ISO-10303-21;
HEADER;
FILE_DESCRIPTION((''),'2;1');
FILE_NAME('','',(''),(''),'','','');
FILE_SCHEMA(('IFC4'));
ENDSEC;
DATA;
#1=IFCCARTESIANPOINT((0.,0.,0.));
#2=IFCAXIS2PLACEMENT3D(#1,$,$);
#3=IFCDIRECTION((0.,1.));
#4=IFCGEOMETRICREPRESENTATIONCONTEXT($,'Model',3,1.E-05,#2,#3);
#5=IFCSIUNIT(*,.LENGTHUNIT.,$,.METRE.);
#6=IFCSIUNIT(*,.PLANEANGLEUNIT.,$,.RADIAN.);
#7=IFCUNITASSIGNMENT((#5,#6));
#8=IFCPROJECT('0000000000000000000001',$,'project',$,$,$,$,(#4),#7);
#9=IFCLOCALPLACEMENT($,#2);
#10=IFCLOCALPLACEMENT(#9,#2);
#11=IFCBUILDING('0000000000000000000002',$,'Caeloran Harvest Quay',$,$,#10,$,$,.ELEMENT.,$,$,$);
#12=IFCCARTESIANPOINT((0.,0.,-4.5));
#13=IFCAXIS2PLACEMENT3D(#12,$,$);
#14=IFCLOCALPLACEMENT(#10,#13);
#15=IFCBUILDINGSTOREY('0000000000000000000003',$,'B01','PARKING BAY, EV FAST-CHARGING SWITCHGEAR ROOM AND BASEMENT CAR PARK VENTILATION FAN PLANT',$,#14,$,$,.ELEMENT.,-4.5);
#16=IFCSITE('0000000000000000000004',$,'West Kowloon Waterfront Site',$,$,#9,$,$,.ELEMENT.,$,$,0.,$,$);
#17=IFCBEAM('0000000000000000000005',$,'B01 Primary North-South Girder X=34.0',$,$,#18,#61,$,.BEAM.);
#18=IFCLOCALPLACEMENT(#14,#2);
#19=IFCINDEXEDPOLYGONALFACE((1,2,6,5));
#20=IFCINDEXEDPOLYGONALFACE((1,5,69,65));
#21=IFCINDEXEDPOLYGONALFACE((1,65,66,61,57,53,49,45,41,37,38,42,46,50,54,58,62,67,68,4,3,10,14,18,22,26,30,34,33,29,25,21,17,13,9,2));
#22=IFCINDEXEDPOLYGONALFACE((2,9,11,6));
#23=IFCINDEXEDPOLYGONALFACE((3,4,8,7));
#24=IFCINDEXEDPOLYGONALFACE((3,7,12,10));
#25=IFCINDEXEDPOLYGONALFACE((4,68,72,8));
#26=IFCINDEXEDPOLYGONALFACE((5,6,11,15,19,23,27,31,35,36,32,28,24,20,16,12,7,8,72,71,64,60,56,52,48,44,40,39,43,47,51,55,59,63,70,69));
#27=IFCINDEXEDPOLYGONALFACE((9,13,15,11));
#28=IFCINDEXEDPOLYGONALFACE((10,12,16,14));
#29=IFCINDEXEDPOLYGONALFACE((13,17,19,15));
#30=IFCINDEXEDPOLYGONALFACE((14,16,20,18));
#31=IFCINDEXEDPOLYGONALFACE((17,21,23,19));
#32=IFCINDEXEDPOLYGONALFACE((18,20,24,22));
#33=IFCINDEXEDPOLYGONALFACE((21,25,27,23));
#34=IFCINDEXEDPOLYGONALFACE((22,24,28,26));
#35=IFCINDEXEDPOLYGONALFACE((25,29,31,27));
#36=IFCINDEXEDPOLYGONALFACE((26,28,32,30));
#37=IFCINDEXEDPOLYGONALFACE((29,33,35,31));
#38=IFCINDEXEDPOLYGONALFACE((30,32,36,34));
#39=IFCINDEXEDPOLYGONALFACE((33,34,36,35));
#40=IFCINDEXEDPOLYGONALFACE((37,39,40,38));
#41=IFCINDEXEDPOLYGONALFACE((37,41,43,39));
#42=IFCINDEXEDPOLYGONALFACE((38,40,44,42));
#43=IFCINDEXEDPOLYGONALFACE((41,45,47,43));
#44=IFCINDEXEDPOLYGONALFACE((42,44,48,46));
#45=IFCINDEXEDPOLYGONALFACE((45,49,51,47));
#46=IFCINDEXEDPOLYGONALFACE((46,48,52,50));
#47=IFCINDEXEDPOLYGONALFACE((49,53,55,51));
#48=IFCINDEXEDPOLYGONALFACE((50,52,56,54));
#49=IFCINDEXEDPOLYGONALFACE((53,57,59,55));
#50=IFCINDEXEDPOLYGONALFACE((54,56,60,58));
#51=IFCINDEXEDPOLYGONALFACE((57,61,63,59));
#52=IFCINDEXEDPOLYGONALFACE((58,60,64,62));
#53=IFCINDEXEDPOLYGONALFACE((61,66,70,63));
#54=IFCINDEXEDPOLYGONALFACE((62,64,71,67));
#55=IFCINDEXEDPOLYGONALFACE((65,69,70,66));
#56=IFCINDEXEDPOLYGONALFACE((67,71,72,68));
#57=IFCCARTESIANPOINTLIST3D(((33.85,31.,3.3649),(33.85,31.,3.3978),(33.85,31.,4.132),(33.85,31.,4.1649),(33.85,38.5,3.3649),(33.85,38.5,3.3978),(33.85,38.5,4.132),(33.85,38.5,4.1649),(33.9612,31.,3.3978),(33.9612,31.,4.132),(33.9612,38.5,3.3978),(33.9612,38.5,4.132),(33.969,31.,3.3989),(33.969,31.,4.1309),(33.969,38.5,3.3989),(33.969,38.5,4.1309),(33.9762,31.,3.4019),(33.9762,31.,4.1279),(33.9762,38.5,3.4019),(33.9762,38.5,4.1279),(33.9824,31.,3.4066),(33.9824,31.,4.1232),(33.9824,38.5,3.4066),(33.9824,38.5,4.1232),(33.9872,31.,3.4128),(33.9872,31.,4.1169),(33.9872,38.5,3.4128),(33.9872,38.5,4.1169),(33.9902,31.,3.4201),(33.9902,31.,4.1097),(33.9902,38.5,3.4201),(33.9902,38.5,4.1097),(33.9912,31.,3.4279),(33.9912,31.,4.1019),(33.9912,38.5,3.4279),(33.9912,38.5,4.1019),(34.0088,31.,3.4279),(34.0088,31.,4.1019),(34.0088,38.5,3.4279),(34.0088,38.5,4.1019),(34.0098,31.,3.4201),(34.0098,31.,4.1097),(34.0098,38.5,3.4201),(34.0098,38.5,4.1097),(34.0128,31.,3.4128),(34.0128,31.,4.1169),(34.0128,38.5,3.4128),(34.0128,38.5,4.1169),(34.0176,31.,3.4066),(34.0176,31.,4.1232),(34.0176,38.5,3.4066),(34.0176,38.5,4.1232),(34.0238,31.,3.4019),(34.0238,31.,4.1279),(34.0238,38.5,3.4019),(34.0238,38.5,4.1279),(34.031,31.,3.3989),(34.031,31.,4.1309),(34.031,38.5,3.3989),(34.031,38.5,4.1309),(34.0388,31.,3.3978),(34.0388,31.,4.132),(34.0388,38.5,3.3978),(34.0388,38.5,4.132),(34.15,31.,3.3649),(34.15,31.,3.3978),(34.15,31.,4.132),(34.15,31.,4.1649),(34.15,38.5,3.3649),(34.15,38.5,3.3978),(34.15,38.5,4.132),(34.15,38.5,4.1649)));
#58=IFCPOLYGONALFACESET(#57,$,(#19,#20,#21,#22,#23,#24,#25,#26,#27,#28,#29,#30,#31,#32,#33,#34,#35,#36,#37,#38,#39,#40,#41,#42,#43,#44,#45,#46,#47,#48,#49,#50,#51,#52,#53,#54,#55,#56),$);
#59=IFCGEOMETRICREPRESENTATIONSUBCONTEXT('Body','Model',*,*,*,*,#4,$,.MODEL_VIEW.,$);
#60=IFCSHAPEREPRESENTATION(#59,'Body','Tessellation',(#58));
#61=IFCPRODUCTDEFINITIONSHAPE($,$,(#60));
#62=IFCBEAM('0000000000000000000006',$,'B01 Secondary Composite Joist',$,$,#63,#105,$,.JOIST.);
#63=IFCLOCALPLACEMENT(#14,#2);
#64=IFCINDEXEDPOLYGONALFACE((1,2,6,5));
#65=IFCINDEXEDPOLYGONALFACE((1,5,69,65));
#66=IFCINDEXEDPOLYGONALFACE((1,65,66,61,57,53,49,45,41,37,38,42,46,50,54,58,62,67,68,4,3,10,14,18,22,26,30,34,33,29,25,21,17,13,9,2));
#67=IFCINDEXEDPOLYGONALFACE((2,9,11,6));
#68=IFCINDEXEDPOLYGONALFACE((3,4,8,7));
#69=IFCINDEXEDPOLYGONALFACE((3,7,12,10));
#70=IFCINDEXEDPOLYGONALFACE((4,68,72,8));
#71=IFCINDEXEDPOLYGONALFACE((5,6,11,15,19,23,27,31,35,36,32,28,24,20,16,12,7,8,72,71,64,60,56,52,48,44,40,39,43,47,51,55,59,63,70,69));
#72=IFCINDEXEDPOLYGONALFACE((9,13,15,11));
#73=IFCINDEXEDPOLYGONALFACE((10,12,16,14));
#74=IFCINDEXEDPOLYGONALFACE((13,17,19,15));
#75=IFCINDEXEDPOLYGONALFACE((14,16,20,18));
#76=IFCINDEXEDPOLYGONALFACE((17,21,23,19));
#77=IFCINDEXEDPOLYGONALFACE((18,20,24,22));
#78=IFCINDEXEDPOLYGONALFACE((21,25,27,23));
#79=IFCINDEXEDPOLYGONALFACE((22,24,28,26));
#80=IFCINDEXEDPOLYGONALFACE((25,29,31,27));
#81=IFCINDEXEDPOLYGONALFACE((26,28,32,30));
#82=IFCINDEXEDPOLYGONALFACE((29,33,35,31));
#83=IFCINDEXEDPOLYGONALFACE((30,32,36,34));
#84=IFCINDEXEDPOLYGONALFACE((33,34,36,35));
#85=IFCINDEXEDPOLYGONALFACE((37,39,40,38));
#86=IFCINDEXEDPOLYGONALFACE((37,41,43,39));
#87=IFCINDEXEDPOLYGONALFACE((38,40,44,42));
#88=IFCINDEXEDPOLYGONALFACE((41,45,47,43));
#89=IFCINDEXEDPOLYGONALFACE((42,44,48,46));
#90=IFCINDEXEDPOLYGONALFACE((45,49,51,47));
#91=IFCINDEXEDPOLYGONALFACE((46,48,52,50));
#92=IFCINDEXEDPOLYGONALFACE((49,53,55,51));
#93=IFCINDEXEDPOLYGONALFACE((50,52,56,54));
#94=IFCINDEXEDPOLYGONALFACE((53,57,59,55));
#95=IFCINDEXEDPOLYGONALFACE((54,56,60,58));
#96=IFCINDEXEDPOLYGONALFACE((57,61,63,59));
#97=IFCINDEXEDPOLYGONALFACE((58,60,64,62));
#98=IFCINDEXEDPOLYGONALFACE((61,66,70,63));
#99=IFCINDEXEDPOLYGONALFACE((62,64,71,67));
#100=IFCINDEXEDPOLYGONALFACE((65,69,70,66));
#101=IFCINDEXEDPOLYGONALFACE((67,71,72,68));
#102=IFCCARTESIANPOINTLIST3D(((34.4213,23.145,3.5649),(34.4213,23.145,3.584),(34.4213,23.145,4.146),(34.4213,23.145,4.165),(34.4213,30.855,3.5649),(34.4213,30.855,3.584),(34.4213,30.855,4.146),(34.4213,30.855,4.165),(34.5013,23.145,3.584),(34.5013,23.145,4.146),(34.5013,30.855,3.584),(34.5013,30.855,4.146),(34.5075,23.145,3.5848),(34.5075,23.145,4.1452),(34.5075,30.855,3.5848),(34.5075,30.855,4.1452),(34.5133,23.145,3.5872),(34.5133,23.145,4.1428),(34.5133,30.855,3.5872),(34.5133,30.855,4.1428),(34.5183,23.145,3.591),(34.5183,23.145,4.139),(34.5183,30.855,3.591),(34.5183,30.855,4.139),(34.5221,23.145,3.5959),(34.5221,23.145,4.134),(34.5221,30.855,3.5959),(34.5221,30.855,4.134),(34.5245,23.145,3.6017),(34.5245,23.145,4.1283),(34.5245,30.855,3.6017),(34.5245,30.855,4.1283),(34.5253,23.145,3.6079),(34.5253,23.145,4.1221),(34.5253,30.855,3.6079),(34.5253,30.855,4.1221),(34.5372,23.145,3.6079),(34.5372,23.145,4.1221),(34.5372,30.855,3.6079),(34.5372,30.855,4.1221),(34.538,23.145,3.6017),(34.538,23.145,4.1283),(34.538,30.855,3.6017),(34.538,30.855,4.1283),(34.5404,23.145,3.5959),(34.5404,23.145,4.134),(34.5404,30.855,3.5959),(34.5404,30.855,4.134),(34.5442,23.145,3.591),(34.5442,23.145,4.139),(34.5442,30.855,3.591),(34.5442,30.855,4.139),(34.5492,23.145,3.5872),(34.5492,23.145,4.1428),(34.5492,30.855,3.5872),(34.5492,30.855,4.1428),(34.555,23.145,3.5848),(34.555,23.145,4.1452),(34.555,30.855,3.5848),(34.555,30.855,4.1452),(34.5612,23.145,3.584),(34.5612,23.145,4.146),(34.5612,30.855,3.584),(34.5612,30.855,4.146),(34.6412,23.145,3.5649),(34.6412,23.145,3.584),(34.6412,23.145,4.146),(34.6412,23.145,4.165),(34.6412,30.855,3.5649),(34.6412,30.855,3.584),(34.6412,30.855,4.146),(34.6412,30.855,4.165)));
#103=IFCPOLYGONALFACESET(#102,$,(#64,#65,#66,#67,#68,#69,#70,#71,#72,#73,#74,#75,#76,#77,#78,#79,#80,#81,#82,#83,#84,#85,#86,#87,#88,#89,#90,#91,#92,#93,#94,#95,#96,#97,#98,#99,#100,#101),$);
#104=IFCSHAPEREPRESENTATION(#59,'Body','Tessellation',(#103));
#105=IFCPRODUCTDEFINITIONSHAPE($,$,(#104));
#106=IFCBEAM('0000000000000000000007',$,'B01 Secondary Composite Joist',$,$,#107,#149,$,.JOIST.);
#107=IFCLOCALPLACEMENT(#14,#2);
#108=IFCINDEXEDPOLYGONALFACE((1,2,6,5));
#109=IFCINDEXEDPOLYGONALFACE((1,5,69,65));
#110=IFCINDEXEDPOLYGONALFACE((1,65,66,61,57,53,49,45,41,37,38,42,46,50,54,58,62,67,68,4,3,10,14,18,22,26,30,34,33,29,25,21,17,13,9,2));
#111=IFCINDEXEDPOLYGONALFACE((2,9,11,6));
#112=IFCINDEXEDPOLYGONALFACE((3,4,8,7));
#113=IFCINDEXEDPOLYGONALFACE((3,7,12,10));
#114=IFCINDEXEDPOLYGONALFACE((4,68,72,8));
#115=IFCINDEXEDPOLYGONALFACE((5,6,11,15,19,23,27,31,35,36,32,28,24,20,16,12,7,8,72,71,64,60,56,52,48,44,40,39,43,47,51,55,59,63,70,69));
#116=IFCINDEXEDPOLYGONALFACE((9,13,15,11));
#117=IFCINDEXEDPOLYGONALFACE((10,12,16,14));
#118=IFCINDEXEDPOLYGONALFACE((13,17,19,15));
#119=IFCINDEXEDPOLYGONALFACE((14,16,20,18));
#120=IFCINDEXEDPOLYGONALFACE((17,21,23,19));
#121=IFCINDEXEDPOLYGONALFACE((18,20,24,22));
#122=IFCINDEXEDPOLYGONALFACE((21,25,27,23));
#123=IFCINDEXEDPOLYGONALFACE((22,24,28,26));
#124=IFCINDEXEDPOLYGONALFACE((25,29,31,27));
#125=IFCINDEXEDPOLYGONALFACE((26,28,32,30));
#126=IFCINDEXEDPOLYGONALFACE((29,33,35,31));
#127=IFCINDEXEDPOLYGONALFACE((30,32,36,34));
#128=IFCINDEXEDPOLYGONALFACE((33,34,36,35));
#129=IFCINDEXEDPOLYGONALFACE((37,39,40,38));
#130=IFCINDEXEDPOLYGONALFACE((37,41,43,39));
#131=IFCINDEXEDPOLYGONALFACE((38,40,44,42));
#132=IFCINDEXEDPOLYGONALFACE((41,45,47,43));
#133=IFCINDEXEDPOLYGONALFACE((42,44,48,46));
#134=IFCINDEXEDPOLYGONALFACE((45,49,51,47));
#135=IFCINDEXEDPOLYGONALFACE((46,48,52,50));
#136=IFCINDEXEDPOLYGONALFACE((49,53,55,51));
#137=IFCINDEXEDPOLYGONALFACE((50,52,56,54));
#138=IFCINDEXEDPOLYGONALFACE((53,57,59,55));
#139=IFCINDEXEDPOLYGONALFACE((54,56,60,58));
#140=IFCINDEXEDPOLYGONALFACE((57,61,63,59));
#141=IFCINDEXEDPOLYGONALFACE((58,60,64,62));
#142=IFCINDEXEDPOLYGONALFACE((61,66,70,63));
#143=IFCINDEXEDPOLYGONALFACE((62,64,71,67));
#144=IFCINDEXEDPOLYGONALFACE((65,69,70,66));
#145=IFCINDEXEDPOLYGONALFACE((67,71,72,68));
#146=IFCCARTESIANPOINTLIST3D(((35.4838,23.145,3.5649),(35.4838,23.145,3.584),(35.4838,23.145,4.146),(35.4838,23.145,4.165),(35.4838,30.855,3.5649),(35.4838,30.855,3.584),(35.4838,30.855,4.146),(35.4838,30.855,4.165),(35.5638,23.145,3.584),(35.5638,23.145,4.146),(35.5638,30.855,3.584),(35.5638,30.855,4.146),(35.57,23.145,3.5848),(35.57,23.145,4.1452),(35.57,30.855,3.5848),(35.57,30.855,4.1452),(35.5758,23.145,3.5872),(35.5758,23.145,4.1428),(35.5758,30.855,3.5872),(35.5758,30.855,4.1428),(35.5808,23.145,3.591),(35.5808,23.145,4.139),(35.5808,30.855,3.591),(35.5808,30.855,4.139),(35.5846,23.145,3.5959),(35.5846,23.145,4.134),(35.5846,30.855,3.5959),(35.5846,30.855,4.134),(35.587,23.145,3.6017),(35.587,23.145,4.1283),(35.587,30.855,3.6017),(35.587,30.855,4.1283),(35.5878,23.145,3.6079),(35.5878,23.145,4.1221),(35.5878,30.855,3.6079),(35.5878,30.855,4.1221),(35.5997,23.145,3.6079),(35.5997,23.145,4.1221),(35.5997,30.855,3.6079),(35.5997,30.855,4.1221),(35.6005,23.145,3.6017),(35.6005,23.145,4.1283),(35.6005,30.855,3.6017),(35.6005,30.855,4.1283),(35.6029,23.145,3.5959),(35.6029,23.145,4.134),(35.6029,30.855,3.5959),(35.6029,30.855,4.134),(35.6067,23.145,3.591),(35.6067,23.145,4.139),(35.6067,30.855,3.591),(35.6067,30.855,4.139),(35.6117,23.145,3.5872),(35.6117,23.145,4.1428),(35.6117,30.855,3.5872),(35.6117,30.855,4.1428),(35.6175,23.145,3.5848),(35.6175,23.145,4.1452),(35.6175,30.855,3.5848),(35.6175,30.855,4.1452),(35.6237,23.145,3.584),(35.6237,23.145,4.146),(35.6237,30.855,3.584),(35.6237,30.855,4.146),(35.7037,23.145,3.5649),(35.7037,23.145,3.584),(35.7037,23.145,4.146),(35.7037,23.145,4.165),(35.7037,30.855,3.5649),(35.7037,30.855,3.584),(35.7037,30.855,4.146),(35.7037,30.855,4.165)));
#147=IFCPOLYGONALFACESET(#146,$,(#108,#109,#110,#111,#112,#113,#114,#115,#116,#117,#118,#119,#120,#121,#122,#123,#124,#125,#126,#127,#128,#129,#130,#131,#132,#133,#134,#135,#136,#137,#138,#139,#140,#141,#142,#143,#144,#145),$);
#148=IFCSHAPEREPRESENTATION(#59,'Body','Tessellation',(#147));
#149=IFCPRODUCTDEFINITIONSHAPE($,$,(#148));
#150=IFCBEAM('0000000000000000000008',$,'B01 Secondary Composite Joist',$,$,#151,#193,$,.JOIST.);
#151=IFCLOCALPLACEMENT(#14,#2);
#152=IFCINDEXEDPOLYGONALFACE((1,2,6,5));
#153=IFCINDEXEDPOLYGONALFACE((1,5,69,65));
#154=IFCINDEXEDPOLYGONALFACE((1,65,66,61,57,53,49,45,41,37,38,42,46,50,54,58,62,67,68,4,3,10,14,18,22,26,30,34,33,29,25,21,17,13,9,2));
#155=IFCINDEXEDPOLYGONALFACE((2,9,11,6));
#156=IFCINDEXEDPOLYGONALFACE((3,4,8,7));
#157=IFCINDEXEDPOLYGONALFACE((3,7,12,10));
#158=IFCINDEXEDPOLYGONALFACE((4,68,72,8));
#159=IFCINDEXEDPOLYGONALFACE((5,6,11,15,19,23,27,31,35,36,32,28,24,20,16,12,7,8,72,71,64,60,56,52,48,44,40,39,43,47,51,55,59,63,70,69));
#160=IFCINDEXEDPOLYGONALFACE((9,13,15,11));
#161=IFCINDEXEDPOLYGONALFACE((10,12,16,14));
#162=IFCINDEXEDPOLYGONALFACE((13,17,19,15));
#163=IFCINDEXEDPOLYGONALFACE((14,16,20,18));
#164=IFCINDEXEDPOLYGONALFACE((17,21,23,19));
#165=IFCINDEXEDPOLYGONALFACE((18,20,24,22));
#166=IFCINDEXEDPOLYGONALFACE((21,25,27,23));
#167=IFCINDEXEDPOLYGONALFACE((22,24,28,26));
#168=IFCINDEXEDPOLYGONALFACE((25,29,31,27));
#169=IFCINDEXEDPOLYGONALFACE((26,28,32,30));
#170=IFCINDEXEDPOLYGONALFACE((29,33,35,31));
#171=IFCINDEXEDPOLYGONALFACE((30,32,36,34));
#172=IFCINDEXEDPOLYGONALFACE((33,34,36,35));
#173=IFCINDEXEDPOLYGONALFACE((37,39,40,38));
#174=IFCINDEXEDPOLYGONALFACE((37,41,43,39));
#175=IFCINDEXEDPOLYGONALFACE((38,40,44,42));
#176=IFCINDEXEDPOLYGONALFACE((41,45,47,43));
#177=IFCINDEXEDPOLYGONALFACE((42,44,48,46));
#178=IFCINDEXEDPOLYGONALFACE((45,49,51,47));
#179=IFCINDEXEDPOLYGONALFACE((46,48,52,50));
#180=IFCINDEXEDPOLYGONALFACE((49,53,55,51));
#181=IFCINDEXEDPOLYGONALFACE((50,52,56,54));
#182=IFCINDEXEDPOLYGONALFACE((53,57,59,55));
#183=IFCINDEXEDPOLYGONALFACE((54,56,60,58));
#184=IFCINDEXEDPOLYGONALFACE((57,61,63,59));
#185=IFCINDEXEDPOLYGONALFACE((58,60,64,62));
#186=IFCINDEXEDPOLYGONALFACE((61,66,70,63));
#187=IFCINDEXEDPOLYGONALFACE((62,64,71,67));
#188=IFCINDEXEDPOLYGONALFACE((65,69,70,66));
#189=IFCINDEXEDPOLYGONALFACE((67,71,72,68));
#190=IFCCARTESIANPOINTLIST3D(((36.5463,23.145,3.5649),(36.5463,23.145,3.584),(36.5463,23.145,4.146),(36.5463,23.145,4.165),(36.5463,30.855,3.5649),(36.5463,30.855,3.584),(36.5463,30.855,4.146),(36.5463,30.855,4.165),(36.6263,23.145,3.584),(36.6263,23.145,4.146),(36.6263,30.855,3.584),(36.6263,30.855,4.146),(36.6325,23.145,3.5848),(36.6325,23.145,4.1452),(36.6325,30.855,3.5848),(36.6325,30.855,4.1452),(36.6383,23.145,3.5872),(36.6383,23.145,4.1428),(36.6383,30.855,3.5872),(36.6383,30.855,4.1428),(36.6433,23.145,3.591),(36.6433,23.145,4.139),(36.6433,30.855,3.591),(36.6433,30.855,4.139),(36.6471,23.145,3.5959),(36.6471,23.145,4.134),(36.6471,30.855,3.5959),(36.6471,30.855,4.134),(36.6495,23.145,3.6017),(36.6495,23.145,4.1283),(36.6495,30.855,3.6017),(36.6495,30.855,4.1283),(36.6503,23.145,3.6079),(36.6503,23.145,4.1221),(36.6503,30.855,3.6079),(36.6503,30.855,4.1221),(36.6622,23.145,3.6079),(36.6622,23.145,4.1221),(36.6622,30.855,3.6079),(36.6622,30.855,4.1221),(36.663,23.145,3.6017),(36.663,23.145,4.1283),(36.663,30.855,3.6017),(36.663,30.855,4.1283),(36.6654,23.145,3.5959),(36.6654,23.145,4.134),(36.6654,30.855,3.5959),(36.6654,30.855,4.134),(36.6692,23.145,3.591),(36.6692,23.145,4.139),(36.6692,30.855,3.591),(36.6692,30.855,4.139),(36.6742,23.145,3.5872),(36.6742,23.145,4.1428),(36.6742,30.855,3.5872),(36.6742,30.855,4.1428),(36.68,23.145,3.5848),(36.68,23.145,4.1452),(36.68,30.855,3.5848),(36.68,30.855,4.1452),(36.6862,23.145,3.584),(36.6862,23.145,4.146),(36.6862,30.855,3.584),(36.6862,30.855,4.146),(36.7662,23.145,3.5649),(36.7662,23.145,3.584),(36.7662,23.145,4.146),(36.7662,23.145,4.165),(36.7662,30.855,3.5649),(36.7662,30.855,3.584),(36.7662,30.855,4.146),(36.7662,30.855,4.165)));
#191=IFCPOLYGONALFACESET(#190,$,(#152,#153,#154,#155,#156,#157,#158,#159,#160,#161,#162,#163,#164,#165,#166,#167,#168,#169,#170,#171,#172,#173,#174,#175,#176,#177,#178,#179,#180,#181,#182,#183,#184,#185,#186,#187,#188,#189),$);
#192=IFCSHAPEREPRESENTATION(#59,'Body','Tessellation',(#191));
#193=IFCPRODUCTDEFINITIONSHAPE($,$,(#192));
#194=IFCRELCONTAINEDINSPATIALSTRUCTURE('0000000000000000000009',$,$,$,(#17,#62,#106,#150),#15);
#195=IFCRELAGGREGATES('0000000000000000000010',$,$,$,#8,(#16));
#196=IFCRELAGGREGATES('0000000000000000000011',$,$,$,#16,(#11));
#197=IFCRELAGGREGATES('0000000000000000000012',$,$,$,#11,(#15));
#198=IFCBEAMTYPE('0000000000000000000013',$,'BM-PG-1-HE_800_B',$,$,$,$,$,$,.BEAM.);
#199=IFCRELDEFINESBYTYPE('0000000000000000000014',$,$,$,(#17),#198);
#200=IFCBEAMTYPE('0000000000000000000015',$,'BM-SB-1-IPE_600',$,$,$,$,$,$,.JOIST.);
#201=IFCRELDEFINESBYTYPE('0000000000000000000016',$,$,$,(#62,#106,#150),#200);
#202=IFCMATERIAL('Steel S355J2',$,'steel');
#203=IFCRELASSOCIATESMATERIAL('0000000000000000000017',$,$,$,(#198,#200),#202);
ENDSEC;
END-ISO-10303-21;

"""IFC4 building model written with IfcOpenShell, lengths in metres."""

from ifc_helpers import new_model, si_unit, direction, frame, origin, origin_2d, place, context, subcontext, project, spatial, i_section, extrude, material, material_profile, profile_set, type_object, element, save


model = new_model("IFC4")

# Units and contexts
model_context = context("Model", 3, precision=1e-05, world=origin(), true_north=direction((0.0, 1.0)))
body_context = subcontext(model_context, "Body", "Model", "MODEL_VIEW")
ifc_project = project(units=[si_unit("LENGTHUNIT", "METRE"), si_unit("PLANEANGLEUNIT", "RADIAN")], contexts=[model_context])

# Site, building, storey
site_placement = place(None, origin())
site = spatial("IfcSite", under=ifc_project, at=site_placement, Name="West Kowloon Waterfront Site", CompositionType="ELEMENT", RefElevation=0.0)
building_placement = place(site_placement, origin())
building = spatial("IfcBuilding", under=site, at=building_placement, Name="Caeloran Harvest Quay", CompositionType="ELEMENT")
storey_placement = place(building_placement, frame((0.0, 0.0, -4.5)))
storey = spatial("IfcBuildingStorey", under=building, at=storey_placement, Name="B01", Description="PARKING BAY, EV FAST-CHARGING SWITCHGEAR ROOM AND BASEMENT CAR PARK VENTILATION FAN PLANT", CompositionType="ELEMENT", Elevation=-4.5)

# Beams
ifc_material_1 = material(Name="Steel S355J2", Category="steel")
ifc_material_profile_1 = material_profile(ifc_material_1, i_section(OverallWidth=0.3, OverallDepth=0.8, WebThickness=0.0176, FlangeThickness=0.033, FilletRadius=0.03, at=origin_2d()), Name="HE 800 B")
ifc_profile_set_1 = profile_set([ifc_material_profile_1], Name="Steel S355J2")
beam_type_1 = type_object("IfcBeamType", Name="BM-PG-1-HE_800_B", PredefinedType="BEAM", material=ifc_profile_set_1)
beam_1_placement = place(storey_placement, frame((34.0, 31.0, 3.7649), z_axis=(0.0, 1.0, 0.0), x_axis=(-1.0, 0.0, 0.0)))
element("IfcBeam", 1, at=beam_1_placement, inside=storey, type_object=beam_type_1, Name="B01 Primary North-South Girder X=34.0", PredefinedType="BEAM", context=body_context, shape_type="SweptSolid", body=[
    extrude(i_section(OverallWidth=0.3, OverallDepth=0.8, WebThickness=0.0176, FlangeThickness=0.033, FilletRadius=0.03, at=origin_2d()), origin(), (0.0, 0.0, 1.0), 7.5),
])
ifc_material_profile_2 = material_profile(ifc_material_1, i_section(OverallWidth=0.22, OverallDepth=0.6001, WebThickness=0.012, FlangeThickness=0.019, FilletRadius=0.0239, at=origin_2d()), Name="IPE 600")
ifc_profile_set_2 = profile_set([ifc_material_profile_2], Name="Steel S355J2")
beam_type_2 = type_object("IfcBeamType", Name="BM-SB-1-IPE_600", PredefinedType="JOIST", material=ifc_profile_set_2)
for number, where, z_axis, x_axis, name in (
    (2, (34.5312, 23.145, 3.865), (0.0, 1.0, 0.0), (-1.0, 0.0, 0.0), "B01 Secondary Composite Joist"),
    (3, (35.5938, 23.145, 3.865), (0.0, 1.0, 0.0), (-1.0, 0.0, 0.0), "B01 Secondary Composite Joist"),
    (4, (36.6562, 23.145, 3.865), (0.0, 1.0, 0.0), (-1.0, 0.0, 0.0), "B01 Secondary Composite Joist"),
):
    element("IfcBeam", number, at=place(storey_placement, frame(where, z_axis=z_axis, x_axis=x_axis)), inside=storey, type_object=beam_type_2, Name=name, PredefinedType="JOIST", context=body_context, shape_type="SweptSolid", body=[
        extrude(i_section(OverallWidth=0.22, OverallDepth=0.6001, WebThickness=0.012, FlangeThickness=0.019, FilletRadius=0.0239, at=origin_2d()), origin(), (0.0, 0.0, 1.0), 7.71),
    ])

save(model, "model.ifc")
